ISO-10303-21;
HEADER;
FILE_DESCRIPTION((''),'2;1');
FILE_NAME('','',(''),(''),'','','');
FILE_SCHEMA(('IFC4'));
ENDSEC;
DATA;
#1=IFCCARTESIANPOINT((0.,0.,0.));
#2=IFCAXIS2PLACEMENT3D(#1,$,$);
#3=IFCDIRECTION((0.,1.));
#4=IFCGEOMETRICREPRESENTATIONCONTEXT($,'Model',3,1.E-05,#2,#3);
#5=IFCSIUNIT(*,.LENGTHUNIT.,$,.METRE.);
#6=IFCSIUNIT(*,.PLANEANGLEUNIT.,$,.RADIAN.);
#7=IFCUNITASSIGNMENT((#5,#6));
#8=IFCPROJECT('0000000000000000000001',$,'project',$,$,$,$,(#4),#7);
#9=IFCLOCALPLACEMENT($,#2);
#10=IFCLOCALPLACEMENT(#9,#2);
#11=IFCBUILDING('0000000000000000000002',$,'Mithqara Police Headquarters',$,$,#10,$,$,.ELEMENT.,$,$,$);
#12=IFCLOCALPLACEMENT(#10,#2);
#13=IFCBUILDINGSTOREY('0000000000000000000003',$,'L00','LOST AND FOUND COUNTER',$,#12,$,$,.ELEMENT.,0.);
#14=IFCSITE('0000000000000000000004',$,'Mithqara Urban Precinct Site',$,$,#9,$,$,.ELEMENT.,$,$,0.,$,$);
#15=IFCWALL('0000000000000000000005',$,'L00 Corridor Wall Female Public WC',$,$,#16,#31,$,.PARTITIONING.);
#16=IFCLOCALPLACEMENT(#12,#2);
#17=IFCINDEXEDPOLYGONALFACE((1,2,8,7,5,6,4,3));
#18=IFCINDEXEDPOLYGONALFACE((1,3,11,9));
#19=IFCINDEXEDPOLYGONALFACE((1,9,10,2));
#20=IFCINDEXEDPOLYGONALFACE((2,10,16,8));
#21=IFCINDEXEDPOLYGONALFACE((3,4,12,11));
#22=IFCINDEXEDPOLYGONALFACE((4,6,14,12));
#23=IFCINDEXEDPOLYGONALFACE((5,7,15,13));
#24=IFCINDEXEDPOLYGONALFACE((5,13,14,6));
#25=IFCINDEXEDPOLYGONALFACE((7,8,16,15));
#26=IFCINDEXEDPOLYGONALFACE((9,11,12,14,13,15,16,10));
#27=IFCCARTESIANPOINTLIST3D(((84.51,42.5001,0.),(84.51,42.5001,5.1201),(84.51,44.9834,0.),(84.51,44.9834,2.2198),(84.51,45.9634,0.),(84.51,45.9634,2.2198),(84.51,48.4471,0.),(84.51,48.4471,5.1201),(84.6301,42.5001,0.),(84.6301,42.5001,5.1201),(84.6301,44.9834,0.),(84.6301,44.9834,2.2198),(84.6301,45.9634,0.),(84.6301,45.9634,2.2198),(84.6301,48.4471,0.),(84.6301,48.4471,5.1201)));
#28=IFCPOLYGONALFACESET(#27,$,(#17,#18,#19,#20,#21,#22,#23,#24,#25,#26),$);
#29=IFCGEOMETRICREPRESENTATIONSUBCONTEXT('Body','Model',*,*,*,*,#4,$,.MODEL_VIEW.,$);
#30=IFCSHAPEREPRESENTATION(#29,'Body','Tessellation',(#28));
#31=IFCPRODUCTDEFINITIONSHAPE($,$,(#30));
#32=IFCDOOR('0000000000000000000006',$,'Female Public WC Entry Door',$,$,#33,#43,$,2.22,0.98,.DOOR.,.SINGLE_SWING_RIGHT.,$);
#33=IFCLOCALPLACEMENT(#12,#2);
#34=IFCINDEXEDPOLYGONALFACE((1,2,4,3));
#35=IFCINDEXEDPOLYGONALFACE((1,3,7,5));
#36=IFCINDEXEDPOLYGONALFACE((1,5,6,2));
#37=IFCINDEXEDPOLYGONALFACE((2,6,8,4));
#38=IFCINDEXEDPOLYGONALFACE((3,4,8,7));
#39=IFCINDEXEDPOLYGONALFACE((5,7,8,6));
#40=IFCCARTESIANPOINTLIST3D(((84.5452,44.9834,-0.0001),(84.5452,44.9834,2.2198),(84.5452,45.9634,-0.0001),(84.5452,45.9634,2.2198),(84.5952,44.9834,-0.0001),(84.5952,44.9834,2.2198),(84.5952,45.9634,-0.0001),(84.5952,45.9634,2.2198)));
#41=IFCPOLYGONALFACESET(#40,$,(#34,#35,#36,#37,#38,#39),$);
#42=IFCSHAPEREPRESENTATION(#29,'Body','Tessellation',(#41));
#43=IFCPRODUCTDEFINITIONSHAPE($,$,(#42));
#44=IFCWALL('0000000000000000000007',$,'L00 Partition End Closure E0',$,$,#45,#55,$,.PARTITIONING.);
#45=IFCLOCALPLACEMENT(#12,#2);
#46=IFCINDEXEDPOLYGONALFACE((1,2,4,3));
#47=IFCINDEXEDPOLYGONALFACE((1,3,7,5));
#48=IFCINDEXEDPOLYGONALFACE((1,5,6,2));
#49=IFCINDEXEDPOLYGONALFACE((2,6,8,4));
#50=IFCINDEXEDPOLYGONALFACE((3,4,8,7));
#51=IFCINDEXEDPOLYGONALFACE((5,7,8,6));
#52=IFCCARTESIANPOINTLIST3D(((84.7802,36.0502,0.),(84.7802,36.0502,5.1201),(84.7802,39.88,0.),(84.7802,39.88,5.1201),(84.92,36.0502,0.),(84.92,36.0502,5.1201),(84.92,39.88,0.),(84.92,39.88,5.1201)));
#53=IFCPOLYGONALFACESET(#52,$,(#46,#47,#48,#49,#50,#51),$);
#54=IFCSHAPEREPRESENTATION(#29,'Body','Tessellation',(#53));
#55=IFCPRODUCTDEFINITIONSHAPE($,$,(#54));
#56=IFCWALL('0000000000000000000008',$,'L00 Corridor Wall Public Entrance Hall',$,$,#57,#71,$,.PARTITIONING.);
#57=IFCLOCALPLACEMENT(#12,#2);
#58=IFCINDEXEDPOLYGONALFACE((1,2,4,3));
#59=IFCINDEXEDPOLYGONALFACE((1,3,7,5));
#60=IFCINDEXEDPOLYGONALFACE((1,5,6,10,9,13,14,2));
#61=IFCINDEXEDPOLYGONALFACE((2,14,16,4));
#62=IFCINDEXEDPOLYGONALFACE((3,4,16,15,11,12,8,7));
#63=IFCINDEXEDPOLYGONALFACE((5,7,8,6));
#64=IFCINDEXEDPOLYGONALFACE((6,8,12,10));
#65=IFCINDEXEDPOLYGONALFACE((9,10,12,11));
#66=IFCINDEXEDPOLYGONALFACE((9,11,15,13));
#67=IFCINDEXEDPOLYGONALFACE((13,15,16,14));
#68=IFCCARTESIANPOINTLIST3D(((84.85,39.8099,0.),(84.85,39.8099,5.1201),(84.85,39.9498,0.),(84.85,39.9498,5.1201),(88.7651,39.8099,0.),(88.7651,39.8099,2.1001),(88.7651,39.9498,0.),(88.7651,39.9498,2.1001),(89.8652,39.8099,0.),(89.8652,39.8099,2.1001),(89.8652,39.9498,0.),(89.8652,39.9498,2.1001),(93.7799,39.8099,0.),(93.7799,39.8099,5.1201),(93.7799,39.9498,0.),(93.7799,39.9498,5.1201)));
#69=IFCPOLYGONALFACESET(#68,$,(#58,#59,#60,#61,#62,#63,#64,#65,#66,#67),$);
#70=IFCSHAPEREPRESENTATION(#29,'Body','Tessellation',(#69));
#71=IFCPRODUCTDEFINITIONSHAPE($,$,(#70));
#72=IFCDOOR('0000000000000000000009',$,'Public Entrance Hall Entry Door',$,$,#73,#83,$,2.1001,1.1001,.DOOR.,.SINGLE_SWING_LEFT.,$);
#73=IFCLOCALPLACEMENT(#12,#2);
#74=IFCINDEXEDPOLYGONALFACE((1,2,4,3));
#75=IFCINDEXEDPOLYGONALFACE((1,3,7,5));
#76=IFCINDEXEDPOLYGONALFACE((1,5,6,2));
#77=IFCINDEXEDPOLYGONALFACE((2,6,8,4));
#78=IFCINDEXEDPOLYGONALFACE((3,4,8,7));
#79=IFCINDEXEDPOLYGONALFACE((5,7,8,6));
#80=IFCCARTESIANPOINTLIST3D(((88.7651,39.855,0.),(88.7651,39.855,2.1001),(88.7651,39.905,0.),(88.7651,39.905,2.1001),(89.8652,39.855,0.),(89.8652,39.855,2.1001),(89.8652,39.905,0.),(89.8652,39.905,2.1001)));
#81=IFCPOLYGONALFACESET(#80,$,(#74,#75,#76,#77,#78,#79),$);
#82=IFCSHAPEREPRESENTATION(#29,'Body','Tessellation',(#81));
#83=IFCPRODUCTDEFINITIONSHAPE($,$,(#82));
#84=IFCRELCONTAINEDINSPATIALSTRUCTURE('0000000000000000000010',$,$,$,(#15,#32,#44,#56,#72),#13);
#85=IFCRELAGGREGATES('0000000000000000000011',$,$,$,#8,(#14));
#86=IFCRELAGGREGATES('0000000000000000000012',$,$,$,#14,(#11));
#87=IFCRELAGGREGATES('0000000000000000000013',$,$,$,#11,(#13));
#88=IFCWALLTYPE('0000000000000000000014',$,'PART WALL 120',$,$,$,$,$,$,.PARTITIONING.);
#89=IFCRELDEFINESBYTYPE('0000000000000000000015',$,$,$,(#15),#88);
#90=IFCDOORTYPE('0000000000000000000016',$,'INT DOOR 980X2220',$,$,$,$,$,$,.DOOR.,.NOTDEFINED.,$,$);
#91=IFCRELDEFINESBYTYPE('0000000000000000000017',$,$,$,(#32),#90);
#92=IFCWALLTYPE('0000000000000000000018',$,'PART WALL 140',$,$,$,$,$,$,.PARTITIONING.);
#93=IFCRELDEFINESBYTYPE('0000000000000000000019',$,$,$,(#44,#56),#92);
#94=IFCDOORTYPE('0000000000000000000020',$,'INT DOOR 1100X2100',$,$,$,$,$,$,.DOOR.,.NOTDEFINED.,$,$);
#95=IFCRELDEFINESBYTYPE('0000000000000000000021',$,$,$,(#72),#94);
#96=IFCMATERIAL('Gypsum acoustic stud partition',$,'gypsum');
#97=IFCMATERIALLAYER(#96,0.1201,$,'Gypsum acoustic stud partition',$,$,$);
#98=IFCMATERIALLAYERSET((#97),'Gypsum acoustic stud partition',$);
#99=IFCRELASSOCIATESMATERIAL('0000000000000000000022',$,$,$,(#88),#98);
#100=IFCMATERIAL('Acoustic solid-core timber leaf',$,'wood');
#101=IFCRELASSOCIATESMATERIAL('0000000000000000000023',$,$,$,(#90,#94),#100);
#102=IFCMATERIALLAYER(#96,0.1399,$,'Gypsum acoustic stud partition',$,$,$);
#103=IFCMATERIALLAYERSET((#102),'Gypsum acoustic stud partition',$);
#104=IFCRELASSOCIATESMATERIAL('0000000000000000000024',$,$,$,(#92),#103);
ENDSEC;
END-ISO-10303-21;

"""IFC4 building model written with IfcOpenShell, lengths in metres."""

from ifc_helpers import new_model, si_unit, direction, frame, frame_2d, origin, place, context, subcontext, project, spatial, rectangle, extrude, material, layer, layer_set, type_object, element, fill, save


model = new_model("IFC4")

# Units and contexts
model_context = context("Model", 3, precision=1e-05, world=origin(), true_north=direction((0.0, 1.0)))
body_context = subcontext(model_context, "Body", "Model", "MODEL_VIEW")
ifc_project = project(units=[si_unit("LENGTHUNIT", "METRE"), si_unit("PLANEANGLEUNIT", "RADIAN")], contexts=[model_context])

# Site, building, storey
site_placement = place(None, origin())
site = spatial("IfcSite", under=ifc_project, at=site_placement, Name="Mithqara Urban Precinct Site", CompositionType="ELEMENT", RefElevation=0.0)
building_placement = place(site_placement, origin())
building = spatial("IfcBuilding", under=site, at=building_placement, Name="Mithqara Police Headquarters", CompositionType="ELEMENT")
storey_placement = place(building_placement, origin())
storey = spatial("IfcBuildingStorey", under=building, at=storey_placement, Name="L00", Description="LOST AND FOUND COUNTER", CompositionType="ELEMENT", Elevation=0.0)

# Shared definitions
ifc_material_1 = material(Name="Gypsum acoustic stud partition", Category="gypsum")
ifc_layer_1 = layer(ifc_material_1, 0.1201, Name="Gypsum acoustic stud partition")
ifc_layer_set_1 = layer_set([ifc_layer_1], Name="Gypsum acoustic stud partition")
wall_type_1 = type_object("IfcWallType", Name="PART WALL 120", PredefinedType="PARTITIONING", material=ifc_layer_set_1)

# Wall, opening, door
wall_1_placement = place(storey_placement, frame((84.5701, 42.5, 0.0), z_axis=(0.0, 0.0, 1.0), x_axis=(0.0, 1.0, 0.0)))
wall_1 = element("IfcWall", 1, at=wall_1_placement, inside=storey, type_object=wall_type_1, Name="L00 Corridor Wall Female Public WC", PredefinedType="PARTITIONING", context=body_context, shape_type="SweptSolid", body=[
    extrude(rectangle(XDim=5.947, YDim=0.1201, at=frame_2d((2.9736, 0.0))), origin(), (0.0, 0.0, 1.0), 5.1201),
])
opening_1_placement = place(wall_1_placement, frame((2.4834, 0.0, 0.0)))
opening_1 = element("IfcOpeningElement", 2, at=opening_1_placement, cuts=wall_1, PredefinedType="OPENING", context=body_context, shape_type="SweptSolid", body=[
    extrude(rectangle(XDim=0.98, YDim=2.22, at=frame_2d((0.49, 1.1099))), frame((0.0, 0.0701, 0.0), z_axis=(0.0, -1.0, 0.0), x_axis=(1.0, 0.0, 0.0)), (0.0, 0.0, 1.0), 0.1401),
])
ifc_material_2 = material(Name="Acoustic solid-core timber leaf", Category="wood")
door_type_1 = type_object("IfcDoorType", Name="INT DOOR 980X2220", OperationType="NOTDEFINED", PredefinedType="DOOR", material=ifc_material_2)
door_1_placement = place(opening_1_placement, origin())
door_1 = element("IfcDoor", 3, at=door_1_placement, inside=storey, type_object=door_type_1, Name="Female Public WC Entry Door", OperationType="SINGLE_SWING_RIGHT", OverallHeight=2.22, OverallWidth=0.98, PredefinedType="DOOR", context=body_context, shape_type="SweptSolid", body=[
    extrude(rectangle(XDim=0.98, YDim=2.22, at=frame_2d((0.49, 1.1099))), frame((0.0, 0.0249, 0.0), z_axis=(0.0, -1.0, 0.0), x_axis=(1.0, 0.0, 0.0)), (0.0, 0.0, 1.0), 0.05),
])
fill(opening_1, door_1)

# Wall
ifc_layer_2 = layer(ifc_material_1, 0.1399, Name="Gypsum acoustic stud partition")
ifc_layer_set_2 = layer_set([ifc_layer_2], Name="Gypsum acoustic stud partition")
wall_type_2 = type_object("IfcWallType", Name="PART WALL 140", PredefinedType="PARTITIONING", material=ifc_layer_set_2)
wall_2_placement = place(storey_placement, frame((84.8501, 36.05, 0.0), z_axis=(0.0, 0.0, 1.0), x_axis=(0.0, 1.0, 0.0)))
element("IfcWall", 4, at=wall_2_placement, inside=storey, type_object=wall_type_2, Name="L00 Partition End Closure E0", PredefinedType="PARTITIONING", context=body_context, shape_type="SweptSolid", body=[
    extrude(rectangle(XDim=3.8298, YDim=0.1399, at=frame_2d((1.915, 0.0))), origin(), (0.0, 0.0, 1.0), 5.1201),
])

# Wall, opening, door
wall_3_placement = place(storey_placement, frame((84.8501, 39.8799, 0.0), z_axis=(0.0, 0.0, 1.0), x_axis=(1.0, 0.0, 0.0)))
wall_3 = element("IfcWall", 5, at=wall_3_placement, inside=storey, type_object=wall_type_2, Name="L00 Corridor Wall Public Entrance Hall", PredefinedType="PARTITIONING", context=body_context, shape_type="SweptSolid", body=[
    extrude(rectangle(XDim=8.9299, YDim=0.1399, at=frame_2d((4.4648, 0.0))), origin(), (0.0, 0.0, 1.0), 5.1201),
])
opening_2_placement = place(wall_3_placement, frame((3.915, 0.0, 0.0)))
opening_2 = element("IfcOpeningElement", 6, at=opening_2_placement, cuts=wall_3, PredefinedType="OPENING", context=body_context, shape_type="SweptSolid", body=[
    extrude(rectangle(XDim=1.1001, YDim=2.1001, at=frame_2d((0.55, 1.05))), frame((0.0, 0.0801, 0.0), z_axis=(0.0, -1.0, 0.0), x_axis=(1.0, 0.0, 0.0)), (0.0, 0.0, 1.0), 0.1599),
])
door_type_2 = type_object("IfcDoorType", Name="INT DOOR 1100X2100", OperationType="NOTDEFINED", PredefinedType="DOOR", material=ifc_material_2)
door_2_placement = place(opening_2_placement, frame((1.1001, 0.0, 0.0), z_axis=(0.0, 0.0, 1.0), x_axis=(-1.0, 0.0, 0.0)))
door_2 = element("IfcDoor", 7, at=door_2_placement, inside=storey, type_object=door_type_2, Name="Public Entrance Hall Entry Door", OperationType="SINGLE_SWING_LEFT", OverallHeight=2.1001, OverallWidth=1.1001, PredefinedType="DOOR", context=body_context, shape_type="SweptSolid", body=[
    extrude(rectangle(XDim=1.1001, YDim=2.1001, at=frame_2d((0.55, 1.05))), frame((0.0, 0.0249, 0.0), z_axis=(0.0, -1.0, 0.0), x_axis=(1.0, 0.0, 0.0)), (0.0, 0.0, 1.0), 0.05),
])
fill(opening_2, door_2)

save(model, "model.ifc")
